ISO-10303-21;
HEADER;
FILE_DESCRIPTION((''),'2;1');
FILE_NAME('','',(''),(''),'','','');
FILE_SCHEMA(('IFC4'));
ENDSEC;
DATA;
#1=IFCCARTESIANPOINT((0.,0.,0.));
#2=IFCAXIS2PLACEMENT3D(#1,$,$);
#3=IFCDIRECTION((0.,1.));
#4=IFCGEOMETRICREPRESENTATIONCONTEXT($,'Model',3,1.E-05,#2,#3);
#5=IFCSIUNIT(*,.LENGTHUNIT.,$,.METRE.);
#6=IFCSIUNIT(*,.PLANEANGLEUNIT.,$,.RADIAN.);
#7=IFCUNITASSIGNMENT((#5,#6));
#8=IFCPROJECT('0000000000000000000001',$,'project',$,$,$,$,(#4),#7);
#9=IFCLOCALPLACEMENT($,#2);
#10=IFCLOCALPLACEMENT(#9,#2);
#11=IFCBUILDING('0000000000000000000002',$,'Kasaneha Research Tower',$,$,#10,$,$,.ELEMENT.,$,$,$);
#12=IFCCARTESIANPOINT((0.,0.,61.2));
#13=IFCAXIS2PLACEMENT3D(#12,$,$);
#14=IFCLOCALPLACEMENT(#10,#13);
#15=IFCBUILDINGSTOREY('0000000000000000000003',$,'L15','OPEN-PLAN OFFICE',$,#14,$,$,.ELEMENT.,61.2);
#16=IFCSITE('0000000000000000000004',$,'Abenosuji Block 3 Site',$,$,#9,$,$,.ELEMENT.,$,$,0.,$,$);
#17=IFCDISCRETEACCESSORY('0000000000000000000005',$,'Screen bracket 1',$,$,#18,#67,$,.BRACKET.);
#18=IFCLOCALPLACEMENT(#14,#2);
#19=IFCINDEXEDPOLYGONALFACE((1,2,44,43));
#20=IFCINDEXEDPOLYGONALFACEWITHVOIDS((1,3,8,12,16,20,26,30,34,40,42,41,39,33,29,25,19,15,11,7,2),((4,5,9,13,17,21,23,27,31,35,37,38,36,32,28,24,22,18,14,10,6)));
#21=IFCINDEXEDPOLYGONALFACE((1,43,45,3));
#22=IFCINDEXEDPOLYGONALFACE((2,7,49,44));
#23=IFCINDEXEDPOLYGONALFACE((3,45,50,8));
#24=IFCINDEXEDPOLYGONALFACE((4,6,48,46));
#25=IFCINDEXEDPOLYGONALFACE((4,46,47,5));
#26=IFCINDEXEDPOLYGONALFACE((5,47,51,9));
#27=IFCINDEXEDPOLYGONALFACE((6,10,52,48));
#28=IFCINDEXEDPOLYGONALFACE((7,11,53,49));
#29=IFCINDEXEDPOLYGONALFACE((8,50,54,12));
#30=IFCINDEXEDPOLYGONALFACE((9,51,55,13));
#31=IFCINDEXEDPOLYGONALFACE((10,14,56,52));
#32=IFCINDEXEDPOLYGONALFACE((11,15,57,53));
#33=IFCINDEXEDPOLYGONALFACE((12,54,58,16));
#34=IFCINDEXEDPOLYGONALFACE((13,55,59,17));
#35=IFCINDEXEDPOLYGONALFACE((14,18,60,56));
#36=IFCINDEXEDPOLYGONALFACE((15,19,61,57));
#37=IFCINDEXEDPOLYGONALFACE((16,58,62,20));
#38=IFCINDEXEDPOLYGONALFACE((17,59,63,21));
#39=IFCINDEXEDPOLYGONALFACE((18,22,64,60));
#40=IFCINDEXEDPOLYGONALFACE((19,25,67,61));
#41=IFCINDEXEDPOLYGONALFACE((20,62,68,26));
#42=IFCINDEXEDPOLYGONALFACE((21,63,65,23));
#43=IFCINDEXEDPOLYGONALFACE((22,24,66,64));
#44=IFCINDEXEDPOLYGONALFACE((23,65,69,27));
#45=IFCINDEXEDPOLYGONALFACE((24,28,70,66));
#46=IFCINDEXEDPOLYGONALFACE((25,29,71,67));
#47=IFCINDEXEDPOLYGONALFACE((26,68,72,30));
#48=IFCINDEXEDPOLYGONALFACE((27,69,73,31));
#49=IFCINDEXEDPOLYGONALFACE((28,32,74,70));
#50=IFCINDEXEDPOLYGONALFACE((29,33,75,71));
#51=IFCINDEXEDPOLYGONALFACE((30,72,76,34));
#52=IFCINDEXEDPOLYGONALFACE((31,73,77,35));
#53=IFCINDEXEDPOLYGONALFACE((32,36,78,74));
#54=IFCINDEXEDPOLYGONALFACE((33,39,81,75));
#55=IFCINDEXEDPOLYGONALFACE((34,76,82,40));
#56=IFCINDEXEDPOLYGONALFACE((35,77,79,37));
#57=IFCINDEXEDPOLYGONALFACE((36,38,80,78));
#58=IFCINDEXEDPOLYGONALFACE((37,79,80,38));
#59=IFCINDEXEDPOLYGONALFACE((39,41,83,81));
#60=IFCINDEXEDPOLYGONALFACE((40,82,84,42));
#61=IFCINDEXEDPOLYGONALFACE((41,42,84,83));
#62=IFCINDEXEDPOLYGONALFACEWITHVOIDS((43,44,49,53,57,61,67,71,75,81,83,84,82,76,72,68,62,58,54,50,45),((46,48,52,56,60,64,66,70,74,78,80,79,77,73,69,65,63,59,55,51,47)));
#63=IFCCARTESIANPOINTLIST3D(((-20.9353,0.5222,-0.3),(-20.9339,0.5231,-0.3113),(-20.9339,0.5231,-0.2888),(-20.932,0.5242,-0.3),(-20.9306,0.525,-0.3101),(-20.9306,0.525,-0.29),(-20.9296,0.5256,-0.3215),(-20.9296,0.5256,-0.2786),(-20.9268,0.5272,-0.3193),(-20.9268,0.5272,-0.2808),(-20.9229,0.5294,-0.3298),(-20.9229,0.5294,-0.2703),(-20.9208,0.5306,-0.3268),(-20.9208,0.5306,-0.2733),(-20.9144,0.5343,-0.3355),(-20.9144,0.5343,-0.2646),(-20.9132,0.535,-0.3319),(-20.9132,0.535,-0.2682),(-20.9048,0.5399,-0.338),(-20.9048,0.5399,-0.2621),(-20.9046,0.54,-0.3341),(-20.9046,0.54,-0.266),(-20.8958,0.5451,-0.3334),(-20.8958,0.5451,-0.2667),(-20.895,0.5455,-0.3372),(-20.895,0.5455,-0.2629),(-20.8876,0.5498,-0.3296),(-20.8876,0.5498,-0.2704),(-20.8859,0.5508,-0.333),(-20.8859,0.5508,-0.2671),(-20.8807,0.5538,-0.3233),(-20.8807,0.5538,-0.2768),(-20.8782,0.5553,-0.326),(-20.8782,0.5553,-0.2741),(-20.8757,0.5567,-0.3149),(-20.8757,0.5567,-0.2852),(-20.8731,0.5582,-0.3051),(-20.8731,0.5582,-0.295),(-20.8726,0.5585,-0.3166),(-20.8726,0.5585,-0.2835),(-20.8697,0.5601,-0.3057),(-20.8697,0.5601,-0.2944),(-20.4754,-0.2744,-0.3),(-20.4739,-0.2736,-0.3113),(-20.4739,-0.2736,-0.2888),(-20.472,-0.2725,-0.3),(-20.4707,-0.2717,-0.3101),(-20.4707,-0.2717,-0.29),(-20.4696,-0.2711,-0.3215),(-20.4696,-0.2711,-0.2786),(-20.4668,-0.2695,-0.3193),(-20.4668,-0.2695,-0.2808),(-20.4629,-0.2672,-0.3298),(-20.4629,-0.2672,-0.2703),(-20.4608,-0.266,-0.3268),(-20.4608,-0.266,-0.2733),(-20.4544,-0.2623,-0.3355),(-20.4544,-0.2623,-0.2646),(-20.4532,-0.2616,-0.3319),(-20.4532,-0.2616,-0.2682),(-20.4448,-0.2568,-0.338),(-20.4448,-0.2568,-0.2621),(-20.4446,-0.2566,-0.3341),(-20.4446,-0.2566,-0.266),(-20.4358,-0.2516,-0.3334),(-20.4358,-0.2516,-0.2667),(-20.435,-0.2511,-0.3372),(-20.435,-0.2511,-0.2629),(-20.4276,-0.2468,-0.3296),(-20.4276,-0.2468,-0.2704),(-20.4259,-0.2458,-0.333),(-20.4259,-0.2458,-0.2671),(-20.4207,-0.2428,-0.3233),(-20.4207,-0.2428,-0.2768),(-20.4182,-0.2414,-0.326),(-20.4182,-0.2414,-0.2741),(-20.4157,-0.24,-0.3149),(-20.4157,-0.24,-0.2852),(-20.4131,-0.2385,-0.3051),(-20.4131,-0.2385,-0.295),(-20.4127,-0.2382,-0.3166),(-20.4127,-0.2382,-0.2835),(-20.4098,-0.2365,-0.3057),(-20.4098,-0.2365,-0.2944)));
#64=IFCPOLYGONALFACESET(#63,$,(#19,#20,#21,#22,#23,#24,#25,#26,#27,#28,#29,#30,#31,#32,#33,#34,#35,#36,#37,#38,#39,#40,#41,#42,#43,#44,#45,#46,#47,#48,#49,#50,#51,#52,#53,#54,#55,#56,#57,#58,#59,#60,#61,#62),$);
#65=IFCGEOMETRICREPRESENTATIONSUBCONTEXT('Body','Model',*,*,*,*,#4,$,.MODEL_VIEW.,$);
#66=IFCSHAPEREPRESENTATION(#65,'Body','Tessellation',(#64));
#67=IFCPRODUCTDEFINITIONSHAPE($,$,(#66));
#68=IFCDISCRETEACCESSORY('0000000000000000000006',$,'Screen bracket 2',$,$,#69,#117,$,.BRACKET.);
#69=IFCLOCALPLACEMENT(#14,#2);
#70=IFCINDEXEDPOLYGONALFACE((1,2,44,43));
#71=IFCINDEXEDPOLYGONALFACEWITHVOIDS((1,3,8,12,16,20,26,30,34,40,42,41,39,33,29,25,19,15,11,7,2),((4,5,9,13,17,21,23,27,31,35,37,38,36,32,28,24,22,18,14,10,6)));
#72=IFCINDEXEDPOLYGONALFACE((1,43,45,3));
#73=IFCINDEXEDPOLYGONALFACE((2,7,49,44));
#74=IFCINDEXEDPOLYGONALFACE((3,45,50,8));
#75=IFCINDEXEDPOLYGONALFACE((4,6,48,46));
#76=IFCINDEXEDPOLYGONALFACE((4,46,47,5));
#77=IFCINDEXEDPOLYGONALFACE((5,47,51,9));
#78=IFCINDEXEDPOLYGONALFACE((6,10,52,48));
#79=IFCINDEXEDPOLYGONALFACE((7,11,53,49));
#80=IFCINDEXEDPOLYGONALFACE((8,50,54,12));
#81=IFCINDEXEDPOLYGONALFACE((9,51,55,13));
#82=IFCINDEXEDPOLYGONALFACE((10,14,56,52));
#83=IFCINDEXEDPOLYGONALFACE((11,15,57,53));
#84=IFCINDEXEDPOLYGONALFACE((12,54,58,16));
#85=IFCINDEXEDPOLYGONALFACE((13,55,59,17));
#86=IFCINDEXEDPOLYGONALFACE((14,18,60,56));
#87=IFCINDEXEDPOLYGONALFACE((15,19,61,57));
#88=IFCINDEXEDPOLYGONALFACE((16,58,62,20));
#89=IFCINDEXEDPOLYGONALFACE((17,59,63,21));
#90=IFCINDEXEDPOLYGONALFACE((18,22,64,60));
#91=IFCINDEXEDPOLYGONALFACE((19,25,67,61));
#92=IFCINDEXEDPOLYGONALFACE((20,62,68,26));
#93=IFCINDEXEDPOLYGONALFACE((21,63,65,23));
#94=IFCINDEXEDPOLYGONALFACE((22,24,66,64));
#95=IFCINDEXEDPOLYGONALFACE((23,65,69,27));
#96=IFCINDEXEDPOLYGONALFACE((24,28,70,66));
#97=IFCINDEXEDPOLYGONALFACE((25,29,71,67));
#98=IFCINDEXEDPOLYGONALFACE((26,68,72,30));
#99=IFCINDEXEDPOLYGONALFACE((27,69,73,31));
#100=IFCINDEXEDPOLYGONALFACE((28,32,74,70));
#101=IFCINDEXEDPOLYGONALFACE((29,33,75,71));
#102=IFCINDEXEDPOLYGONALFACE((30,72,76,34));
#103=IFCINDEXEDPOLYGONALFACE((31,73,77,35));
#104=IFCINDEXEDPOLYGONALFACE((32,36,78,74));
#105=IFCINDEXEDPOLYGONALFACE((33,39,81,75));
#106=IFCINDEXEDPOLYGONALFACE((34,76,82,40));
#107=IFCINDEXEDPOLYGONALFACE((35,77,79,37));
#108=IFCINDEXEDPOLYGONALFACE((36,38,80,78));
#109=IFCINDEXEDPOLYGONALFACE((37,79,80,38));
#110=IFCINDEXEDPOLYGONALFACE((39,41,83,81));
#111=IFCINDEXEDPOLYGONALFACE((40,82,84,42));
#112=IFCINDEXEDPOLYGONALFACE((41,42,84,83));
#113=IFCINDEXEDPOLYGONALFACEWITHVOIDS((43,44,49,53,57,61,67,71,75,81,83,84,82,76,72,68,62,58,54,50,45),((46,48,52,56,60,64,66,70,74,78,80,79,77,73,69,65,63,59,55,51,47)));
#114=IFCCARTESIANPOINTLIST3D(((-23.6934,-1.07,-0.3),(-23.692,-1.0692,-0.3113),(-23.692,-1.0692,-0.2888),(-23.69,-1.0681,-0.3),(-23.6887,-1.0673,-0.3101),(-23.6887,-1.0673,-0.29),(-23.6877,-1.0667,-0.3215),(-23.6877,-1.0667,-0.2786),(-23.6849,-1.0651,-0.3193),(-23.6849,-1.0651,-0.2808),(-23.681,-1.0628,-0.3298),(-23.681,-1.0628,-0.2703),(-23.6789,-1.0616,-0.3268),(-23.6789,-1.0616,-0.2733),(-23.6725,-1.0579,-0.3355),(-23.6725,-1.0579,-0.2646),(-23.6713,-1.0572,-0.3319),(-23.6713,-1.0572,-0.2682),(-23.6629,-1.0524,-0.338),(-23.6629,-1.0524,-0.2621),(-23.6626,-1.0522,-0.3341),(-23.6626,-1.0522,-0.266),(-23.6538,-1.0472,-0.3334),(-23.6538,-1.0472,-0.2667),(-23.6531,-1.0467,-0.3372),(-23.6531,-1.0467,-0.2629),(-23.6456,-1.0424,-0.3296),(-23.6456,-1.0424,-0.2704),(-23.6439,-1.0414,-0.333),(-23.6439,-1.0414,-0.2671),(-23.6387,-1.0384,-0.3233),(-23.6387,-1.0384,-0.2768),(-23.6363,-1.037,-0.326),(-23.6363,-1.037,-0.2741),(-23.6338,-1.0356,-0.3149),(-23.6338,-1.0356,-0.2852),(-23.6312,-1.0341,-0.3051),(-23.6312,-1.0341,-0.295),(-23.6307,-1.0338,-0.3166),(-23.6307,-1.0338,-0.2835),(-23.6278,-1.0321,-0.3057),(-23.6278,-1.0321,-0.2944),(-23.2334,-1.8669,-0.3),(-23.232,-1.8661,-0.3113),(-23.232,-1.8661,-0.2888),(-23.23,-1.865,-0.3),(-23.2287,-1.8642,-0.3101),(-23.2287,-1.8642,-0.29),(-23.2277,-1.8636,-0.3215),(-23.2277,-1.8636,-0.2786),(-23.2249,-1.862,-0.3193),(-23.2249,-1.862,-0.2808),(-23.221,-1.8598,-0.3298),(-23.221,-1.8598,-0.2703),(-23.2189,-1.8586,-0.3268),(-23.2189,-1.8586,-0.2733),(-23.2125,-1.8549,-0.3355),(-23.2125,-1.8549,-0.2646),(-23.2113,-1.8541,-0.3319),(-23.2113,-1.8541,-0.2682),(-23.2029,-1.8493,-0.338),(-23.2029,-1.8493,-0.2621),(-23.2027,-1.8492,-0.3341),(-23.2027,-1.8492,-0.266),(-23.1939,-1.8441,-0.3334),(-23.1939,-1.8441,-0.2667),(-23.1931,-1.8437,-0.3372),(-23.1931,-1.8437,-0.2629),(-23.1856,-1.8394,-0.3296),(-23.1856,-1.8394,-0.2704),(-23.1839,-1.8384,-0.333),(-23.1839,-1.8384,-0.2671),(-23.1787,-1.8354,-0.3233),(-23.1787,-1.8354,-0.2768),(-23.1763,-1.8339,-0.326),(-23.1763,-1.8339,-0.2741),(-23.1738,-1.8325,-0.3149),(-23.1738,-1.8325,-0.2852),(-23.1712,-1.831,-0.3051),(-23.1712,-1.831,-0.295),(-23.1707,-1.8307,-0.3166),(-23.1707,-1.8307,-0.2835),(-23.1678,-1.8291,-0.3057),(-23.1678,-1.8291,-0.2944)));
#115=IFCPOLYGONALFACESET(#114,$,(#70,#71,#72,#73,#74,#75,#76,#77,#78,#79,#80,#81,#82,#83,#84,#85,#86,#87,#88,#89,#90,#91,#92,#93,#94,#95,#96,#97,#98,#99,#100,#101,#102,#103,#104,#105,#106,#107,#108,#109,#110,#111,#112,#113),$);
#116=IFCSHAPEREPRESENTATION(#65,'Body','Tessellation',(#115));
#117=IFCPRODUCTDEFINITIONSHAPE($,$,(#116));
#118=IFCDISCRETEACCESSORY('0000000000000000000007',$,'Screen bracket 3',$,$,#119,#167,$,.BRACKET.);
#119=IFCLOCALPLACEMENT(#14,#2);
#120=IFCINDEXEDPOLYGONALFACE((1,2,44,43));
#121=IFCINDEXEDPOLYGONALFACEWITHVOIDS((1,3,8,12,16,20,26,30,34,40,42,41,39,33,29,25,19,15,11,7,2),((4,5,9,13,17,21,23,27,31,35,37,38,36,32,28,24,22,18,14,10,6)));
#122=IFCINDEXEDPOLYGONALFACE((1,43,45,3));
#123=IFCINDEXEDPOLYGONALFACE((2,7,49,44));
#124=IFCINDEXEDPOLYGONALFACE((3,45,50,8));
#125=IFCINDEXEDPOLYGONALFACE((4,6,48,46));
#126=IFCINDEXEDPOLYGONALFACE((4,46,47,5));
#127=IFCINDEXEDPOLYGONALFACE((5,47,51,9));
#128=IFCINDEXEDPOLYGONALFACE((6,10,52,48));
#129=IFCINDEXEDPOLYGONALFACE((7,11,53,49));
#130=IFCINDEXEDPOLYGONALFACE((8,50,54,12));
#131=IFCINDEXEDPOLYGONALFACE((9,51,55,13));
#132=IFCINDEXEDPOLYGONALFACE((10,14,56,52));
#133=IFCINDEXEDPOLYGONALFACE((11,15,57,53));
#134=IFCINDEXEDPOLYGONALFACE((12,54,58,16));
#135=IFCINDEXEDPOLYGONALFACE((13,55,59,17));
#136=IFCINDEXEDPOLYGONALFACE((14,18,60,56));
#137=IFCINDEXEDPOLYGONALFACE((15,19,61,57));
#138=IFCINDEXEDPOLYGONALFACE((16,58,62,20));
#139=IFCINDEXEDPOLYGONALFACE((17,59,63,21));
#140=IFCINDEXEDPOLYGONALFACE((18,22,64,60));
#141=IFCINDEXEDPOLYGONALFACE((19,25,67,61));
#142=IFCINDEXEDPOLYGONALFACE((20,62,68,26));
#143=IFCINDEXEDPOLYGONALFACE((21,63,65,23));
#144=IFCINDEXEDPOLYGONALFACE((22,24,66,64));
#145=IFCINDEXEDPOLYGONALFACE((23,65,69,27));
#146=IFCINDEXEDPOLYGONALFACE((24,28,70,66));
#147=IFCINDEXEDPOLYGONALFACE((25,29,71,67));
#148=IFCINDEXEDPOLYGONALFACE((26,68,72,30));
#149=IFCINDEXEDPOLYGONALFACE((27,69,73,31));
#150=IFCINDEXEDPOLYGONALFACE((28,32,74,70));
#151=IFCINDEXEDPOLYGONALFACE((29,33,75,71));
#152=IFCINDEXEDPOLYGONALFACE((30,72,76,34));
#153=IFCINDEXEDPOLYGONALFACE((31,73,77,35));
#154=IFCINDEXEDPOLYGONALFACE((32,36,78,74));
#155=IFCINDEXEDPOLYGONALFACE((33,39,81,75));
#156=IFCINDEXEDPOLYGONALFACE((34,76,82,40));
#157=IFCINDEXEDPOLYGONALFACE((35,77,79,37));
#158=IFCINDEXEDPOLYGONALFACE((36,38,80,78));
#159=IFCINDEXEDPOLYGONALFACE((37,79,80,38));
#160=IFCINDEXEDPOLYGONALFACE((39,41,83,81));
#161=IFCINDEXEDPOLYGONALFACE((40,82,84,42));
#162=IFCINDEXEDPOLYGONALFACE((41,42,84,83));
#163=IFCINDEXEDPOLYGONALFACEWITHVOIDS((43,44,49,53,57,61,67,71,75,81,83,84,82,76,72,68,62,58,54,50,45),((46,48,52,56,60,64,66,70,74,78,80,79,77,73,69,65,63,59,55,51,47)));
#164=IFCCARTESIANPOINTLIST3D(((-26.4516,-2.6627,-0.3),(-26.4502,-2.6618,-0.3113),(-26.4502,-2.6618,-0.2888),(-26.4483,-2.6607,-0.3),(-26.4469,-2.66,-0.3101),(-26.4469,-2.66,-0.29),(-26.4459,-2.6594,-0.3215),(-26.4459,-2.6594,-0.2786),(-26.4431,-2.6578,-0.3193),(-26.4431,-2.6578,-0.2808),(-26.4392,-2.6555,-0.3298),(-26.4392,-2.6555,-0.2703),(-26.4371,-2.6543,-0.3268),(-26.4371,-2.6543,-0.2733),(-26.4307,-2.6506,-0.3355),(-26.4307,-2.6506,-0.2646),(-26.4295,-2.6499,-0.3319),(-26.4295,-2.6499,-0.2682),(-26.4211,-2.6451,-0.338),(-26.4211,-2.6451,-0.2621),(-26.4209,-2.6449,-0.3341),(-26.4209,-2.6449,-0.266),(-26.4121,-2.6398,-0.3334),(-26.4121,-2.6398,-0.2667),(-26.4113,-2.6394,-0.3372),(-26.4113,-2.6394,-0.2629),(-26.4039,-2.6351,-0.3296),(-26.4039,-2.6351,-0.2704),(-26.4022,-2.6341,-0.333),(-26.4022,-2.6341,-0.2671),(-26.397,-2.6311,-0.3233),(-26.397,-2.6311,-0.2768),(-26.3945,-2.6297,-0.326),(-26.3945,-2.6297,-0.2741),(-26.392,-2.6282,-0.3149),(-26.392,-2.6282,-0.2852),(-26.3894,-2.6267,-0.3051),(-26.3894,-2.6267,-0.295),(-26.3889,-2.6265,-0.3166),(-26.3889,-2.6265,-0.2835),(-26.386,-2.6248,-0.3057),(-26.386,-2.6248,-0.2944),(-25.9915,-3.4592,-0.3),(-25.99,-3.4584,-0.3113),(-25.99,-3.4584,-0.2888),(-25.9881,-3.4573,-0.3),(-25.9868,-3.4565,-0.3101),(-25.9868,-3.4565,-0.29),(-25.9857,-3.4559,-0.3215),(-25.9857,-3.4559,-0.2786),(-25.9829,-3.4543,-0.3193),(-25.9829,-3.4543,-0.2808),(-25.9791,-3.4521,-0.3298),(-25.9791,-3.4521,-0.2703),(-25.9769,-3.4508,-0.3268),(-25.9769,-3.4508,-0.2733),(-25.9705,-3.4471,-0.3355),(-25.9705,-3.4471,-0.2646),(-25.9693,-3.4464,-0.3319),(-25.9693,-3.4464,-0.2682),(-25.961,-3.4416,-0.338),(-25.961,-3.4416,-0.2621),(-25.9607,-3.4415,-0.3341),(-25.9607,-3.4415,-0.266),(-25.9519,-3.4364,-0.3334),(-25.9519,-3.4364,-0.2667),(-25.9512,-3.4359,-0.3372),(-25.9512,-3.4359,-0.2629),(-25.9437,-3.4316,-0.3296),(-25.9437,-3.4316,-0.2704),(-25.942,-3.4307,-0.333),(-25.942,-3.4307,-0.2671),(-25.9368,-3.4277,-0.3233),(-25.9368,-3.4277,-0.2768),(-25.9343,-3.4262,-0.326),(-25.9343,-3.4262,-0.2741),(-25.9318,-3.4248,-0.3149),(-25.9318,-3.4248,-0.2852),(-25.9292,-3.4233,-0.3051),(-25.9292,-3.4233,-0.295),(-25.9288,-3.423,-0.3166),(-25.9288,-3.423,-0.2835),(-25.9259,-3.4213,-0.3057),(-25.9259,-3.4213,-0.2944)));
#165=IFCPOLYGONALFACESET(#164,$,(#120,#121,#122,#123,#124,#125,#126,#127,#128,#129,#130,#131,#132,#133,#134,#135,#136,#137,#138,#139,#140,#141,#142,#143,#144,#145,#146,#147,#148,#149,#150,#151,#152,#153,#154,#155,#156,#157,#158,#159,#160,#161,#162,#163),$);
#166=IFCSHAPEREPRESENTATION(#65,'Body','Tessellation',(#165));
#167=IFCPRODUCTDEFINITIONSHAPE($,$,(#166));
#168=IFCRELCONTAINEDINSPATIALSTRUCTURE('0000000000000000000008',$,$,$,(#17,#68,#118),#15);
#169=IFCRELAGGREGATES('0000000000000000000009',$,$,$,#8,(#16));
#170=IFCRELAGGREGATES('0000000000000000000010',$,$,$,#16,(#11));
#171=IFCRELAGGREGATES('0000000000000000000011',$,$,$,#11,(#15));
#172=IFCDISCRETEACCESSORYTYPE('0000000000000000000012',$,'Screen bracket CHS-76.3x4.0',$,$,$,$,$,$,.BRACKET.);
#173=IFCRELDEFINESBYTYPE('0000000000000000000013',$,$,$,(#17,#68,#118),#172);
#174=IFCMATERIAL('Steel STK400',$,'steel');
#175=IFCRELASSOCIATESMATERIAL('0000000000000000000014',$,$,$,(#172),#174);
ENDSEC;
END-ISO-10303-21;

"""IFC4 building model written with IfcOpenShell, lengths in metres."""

from ifc_helpers import new_model, si_unit, direction, frame, origin, origin_2d, place, context, subcontext, project, spatial, hollow_circle, extrude, material, material_profile, profile_set, type_object, element, save


model = new_model("IFC4")

# Units and contexts
model_context = context("Model", 3, precision=1e-05, world=origin(), true_north=direction((0.0, 1.0)))
body_context = subcontext(model_context, "Body", "Model", "MODEL_VIEW")
ifc_project = project(units=[si_unit("LENGTHUNIT", "METRE"), si_unit("PLANEANGLEUNIT", "RADIAN")], contexts=[model_context])

# Site, building, storey
site_placement = place(None, origin())
site = spatial("IfcSite", under=ifc_project, at=site_placement, Name="Abenosuji Block 3 Site", CompositionType="ELEMENT", RefElevation=0.0)
building_placement = place(site_placement, origin())
building = spatial("IfcBuilding", under=site, at=building_placement, Name="Kasaneha Research Tower", CompositionType="ELEMENT")
storey_placement = place(building_placement, frame((0.0, 0.0, 61.2)))
storey = spatial("IfcBuildingStorey", under=building, at=storey_placement, Name="L15", Description="OPEN-PLAN OFFICE", CompositionType="ELEMENT", Elevation=61.2)

# Discrete accessories
ifc_material_1 = material(Name="Steel STK400", Category="steel")
ifc_material_profile_1 = material_profile(ifc_material_1, hollow_circle(Radius=0.0381, WallThickness=0.0039, at=origin_2d()), Name="CHS-76.3x4.0")
ifc_profile_set_1 = profile_set([ifc_material_profile_1], Name="Steel STK400")
discrete_accessory_type = type_object("IfcDiscreteAccessoryType", Name="Screen bracket CHS-76.3x4.0", PredefinedType="BRACKET", material=ifc_profile_set_1)
discrete_accessory_1_placement = place(storey_placement, frame((-20.4424, -0.2554, -0.3), z_axis=(-0.500021, 0.866013, 0.0), x_axis=(-0.866013, -0.500021, 0.0)))
element("IfcDiscreteAccessory", 1, at=discrete_accessory_1_placement, inside=storey, type_object=discrete_accessory_type, Name="Screen bracket 1", PredefinedType="BRACKET", context=body_context, shape_type="SweptSolid", body=[
    extrude(hollow_circle(Radius=0.0381, WallThickness=0.0039, at=origin_2d()), origin(), (0.0, 0.0, 1.0), 0.9199),
])
discrete_accessory_2_placement = place(storey_placement, frame((-23.2004, -1.8479, -0.3), z_axis=(-0.499906, 0.86608, 0.0), x_axis=(-0.86608, -0.499906, 0.0)))
element("IfcDiscreteAccessory", 2, at=discrete_accessory_2_placement, inside=storey, type_object=discrete_accessory_type, Name="Screen bracket 2", PredefinedType="BRACKET", context=body_context, shape_type="SweptSolid", body=[
    extrude(hollow_circle(Radius=0.0381, WallThickness=0.0039, at=origin_2d()), origin(), (0.0, 0.0, 1.0), 0.9202),
])
discrete_accessory_3_placement = place(storey_placement, frame((-25.9585, -3.4402, -0.3), z_axis=(-0.50022, 0.865898, 0.0), x_axis=(-0.865898, -0.50022, 0.0)))
element("IfcDiscreteAccessory", 3, at=discrete_accessory_3_placement, inside=storey, type_object=discrete_accessory_type, Name="Screen bracket 3", PredefinedType="BRACKET", context=body_context, shape_type="SweptSolid", body=[
    extrude(hollow_circle(Radius=0.0381, WallThickness=0.0039, at=origin_2d()), origin(), (0.0, 0.0, 1.0), 0.9199),
])

save(model, "model.ifc")
